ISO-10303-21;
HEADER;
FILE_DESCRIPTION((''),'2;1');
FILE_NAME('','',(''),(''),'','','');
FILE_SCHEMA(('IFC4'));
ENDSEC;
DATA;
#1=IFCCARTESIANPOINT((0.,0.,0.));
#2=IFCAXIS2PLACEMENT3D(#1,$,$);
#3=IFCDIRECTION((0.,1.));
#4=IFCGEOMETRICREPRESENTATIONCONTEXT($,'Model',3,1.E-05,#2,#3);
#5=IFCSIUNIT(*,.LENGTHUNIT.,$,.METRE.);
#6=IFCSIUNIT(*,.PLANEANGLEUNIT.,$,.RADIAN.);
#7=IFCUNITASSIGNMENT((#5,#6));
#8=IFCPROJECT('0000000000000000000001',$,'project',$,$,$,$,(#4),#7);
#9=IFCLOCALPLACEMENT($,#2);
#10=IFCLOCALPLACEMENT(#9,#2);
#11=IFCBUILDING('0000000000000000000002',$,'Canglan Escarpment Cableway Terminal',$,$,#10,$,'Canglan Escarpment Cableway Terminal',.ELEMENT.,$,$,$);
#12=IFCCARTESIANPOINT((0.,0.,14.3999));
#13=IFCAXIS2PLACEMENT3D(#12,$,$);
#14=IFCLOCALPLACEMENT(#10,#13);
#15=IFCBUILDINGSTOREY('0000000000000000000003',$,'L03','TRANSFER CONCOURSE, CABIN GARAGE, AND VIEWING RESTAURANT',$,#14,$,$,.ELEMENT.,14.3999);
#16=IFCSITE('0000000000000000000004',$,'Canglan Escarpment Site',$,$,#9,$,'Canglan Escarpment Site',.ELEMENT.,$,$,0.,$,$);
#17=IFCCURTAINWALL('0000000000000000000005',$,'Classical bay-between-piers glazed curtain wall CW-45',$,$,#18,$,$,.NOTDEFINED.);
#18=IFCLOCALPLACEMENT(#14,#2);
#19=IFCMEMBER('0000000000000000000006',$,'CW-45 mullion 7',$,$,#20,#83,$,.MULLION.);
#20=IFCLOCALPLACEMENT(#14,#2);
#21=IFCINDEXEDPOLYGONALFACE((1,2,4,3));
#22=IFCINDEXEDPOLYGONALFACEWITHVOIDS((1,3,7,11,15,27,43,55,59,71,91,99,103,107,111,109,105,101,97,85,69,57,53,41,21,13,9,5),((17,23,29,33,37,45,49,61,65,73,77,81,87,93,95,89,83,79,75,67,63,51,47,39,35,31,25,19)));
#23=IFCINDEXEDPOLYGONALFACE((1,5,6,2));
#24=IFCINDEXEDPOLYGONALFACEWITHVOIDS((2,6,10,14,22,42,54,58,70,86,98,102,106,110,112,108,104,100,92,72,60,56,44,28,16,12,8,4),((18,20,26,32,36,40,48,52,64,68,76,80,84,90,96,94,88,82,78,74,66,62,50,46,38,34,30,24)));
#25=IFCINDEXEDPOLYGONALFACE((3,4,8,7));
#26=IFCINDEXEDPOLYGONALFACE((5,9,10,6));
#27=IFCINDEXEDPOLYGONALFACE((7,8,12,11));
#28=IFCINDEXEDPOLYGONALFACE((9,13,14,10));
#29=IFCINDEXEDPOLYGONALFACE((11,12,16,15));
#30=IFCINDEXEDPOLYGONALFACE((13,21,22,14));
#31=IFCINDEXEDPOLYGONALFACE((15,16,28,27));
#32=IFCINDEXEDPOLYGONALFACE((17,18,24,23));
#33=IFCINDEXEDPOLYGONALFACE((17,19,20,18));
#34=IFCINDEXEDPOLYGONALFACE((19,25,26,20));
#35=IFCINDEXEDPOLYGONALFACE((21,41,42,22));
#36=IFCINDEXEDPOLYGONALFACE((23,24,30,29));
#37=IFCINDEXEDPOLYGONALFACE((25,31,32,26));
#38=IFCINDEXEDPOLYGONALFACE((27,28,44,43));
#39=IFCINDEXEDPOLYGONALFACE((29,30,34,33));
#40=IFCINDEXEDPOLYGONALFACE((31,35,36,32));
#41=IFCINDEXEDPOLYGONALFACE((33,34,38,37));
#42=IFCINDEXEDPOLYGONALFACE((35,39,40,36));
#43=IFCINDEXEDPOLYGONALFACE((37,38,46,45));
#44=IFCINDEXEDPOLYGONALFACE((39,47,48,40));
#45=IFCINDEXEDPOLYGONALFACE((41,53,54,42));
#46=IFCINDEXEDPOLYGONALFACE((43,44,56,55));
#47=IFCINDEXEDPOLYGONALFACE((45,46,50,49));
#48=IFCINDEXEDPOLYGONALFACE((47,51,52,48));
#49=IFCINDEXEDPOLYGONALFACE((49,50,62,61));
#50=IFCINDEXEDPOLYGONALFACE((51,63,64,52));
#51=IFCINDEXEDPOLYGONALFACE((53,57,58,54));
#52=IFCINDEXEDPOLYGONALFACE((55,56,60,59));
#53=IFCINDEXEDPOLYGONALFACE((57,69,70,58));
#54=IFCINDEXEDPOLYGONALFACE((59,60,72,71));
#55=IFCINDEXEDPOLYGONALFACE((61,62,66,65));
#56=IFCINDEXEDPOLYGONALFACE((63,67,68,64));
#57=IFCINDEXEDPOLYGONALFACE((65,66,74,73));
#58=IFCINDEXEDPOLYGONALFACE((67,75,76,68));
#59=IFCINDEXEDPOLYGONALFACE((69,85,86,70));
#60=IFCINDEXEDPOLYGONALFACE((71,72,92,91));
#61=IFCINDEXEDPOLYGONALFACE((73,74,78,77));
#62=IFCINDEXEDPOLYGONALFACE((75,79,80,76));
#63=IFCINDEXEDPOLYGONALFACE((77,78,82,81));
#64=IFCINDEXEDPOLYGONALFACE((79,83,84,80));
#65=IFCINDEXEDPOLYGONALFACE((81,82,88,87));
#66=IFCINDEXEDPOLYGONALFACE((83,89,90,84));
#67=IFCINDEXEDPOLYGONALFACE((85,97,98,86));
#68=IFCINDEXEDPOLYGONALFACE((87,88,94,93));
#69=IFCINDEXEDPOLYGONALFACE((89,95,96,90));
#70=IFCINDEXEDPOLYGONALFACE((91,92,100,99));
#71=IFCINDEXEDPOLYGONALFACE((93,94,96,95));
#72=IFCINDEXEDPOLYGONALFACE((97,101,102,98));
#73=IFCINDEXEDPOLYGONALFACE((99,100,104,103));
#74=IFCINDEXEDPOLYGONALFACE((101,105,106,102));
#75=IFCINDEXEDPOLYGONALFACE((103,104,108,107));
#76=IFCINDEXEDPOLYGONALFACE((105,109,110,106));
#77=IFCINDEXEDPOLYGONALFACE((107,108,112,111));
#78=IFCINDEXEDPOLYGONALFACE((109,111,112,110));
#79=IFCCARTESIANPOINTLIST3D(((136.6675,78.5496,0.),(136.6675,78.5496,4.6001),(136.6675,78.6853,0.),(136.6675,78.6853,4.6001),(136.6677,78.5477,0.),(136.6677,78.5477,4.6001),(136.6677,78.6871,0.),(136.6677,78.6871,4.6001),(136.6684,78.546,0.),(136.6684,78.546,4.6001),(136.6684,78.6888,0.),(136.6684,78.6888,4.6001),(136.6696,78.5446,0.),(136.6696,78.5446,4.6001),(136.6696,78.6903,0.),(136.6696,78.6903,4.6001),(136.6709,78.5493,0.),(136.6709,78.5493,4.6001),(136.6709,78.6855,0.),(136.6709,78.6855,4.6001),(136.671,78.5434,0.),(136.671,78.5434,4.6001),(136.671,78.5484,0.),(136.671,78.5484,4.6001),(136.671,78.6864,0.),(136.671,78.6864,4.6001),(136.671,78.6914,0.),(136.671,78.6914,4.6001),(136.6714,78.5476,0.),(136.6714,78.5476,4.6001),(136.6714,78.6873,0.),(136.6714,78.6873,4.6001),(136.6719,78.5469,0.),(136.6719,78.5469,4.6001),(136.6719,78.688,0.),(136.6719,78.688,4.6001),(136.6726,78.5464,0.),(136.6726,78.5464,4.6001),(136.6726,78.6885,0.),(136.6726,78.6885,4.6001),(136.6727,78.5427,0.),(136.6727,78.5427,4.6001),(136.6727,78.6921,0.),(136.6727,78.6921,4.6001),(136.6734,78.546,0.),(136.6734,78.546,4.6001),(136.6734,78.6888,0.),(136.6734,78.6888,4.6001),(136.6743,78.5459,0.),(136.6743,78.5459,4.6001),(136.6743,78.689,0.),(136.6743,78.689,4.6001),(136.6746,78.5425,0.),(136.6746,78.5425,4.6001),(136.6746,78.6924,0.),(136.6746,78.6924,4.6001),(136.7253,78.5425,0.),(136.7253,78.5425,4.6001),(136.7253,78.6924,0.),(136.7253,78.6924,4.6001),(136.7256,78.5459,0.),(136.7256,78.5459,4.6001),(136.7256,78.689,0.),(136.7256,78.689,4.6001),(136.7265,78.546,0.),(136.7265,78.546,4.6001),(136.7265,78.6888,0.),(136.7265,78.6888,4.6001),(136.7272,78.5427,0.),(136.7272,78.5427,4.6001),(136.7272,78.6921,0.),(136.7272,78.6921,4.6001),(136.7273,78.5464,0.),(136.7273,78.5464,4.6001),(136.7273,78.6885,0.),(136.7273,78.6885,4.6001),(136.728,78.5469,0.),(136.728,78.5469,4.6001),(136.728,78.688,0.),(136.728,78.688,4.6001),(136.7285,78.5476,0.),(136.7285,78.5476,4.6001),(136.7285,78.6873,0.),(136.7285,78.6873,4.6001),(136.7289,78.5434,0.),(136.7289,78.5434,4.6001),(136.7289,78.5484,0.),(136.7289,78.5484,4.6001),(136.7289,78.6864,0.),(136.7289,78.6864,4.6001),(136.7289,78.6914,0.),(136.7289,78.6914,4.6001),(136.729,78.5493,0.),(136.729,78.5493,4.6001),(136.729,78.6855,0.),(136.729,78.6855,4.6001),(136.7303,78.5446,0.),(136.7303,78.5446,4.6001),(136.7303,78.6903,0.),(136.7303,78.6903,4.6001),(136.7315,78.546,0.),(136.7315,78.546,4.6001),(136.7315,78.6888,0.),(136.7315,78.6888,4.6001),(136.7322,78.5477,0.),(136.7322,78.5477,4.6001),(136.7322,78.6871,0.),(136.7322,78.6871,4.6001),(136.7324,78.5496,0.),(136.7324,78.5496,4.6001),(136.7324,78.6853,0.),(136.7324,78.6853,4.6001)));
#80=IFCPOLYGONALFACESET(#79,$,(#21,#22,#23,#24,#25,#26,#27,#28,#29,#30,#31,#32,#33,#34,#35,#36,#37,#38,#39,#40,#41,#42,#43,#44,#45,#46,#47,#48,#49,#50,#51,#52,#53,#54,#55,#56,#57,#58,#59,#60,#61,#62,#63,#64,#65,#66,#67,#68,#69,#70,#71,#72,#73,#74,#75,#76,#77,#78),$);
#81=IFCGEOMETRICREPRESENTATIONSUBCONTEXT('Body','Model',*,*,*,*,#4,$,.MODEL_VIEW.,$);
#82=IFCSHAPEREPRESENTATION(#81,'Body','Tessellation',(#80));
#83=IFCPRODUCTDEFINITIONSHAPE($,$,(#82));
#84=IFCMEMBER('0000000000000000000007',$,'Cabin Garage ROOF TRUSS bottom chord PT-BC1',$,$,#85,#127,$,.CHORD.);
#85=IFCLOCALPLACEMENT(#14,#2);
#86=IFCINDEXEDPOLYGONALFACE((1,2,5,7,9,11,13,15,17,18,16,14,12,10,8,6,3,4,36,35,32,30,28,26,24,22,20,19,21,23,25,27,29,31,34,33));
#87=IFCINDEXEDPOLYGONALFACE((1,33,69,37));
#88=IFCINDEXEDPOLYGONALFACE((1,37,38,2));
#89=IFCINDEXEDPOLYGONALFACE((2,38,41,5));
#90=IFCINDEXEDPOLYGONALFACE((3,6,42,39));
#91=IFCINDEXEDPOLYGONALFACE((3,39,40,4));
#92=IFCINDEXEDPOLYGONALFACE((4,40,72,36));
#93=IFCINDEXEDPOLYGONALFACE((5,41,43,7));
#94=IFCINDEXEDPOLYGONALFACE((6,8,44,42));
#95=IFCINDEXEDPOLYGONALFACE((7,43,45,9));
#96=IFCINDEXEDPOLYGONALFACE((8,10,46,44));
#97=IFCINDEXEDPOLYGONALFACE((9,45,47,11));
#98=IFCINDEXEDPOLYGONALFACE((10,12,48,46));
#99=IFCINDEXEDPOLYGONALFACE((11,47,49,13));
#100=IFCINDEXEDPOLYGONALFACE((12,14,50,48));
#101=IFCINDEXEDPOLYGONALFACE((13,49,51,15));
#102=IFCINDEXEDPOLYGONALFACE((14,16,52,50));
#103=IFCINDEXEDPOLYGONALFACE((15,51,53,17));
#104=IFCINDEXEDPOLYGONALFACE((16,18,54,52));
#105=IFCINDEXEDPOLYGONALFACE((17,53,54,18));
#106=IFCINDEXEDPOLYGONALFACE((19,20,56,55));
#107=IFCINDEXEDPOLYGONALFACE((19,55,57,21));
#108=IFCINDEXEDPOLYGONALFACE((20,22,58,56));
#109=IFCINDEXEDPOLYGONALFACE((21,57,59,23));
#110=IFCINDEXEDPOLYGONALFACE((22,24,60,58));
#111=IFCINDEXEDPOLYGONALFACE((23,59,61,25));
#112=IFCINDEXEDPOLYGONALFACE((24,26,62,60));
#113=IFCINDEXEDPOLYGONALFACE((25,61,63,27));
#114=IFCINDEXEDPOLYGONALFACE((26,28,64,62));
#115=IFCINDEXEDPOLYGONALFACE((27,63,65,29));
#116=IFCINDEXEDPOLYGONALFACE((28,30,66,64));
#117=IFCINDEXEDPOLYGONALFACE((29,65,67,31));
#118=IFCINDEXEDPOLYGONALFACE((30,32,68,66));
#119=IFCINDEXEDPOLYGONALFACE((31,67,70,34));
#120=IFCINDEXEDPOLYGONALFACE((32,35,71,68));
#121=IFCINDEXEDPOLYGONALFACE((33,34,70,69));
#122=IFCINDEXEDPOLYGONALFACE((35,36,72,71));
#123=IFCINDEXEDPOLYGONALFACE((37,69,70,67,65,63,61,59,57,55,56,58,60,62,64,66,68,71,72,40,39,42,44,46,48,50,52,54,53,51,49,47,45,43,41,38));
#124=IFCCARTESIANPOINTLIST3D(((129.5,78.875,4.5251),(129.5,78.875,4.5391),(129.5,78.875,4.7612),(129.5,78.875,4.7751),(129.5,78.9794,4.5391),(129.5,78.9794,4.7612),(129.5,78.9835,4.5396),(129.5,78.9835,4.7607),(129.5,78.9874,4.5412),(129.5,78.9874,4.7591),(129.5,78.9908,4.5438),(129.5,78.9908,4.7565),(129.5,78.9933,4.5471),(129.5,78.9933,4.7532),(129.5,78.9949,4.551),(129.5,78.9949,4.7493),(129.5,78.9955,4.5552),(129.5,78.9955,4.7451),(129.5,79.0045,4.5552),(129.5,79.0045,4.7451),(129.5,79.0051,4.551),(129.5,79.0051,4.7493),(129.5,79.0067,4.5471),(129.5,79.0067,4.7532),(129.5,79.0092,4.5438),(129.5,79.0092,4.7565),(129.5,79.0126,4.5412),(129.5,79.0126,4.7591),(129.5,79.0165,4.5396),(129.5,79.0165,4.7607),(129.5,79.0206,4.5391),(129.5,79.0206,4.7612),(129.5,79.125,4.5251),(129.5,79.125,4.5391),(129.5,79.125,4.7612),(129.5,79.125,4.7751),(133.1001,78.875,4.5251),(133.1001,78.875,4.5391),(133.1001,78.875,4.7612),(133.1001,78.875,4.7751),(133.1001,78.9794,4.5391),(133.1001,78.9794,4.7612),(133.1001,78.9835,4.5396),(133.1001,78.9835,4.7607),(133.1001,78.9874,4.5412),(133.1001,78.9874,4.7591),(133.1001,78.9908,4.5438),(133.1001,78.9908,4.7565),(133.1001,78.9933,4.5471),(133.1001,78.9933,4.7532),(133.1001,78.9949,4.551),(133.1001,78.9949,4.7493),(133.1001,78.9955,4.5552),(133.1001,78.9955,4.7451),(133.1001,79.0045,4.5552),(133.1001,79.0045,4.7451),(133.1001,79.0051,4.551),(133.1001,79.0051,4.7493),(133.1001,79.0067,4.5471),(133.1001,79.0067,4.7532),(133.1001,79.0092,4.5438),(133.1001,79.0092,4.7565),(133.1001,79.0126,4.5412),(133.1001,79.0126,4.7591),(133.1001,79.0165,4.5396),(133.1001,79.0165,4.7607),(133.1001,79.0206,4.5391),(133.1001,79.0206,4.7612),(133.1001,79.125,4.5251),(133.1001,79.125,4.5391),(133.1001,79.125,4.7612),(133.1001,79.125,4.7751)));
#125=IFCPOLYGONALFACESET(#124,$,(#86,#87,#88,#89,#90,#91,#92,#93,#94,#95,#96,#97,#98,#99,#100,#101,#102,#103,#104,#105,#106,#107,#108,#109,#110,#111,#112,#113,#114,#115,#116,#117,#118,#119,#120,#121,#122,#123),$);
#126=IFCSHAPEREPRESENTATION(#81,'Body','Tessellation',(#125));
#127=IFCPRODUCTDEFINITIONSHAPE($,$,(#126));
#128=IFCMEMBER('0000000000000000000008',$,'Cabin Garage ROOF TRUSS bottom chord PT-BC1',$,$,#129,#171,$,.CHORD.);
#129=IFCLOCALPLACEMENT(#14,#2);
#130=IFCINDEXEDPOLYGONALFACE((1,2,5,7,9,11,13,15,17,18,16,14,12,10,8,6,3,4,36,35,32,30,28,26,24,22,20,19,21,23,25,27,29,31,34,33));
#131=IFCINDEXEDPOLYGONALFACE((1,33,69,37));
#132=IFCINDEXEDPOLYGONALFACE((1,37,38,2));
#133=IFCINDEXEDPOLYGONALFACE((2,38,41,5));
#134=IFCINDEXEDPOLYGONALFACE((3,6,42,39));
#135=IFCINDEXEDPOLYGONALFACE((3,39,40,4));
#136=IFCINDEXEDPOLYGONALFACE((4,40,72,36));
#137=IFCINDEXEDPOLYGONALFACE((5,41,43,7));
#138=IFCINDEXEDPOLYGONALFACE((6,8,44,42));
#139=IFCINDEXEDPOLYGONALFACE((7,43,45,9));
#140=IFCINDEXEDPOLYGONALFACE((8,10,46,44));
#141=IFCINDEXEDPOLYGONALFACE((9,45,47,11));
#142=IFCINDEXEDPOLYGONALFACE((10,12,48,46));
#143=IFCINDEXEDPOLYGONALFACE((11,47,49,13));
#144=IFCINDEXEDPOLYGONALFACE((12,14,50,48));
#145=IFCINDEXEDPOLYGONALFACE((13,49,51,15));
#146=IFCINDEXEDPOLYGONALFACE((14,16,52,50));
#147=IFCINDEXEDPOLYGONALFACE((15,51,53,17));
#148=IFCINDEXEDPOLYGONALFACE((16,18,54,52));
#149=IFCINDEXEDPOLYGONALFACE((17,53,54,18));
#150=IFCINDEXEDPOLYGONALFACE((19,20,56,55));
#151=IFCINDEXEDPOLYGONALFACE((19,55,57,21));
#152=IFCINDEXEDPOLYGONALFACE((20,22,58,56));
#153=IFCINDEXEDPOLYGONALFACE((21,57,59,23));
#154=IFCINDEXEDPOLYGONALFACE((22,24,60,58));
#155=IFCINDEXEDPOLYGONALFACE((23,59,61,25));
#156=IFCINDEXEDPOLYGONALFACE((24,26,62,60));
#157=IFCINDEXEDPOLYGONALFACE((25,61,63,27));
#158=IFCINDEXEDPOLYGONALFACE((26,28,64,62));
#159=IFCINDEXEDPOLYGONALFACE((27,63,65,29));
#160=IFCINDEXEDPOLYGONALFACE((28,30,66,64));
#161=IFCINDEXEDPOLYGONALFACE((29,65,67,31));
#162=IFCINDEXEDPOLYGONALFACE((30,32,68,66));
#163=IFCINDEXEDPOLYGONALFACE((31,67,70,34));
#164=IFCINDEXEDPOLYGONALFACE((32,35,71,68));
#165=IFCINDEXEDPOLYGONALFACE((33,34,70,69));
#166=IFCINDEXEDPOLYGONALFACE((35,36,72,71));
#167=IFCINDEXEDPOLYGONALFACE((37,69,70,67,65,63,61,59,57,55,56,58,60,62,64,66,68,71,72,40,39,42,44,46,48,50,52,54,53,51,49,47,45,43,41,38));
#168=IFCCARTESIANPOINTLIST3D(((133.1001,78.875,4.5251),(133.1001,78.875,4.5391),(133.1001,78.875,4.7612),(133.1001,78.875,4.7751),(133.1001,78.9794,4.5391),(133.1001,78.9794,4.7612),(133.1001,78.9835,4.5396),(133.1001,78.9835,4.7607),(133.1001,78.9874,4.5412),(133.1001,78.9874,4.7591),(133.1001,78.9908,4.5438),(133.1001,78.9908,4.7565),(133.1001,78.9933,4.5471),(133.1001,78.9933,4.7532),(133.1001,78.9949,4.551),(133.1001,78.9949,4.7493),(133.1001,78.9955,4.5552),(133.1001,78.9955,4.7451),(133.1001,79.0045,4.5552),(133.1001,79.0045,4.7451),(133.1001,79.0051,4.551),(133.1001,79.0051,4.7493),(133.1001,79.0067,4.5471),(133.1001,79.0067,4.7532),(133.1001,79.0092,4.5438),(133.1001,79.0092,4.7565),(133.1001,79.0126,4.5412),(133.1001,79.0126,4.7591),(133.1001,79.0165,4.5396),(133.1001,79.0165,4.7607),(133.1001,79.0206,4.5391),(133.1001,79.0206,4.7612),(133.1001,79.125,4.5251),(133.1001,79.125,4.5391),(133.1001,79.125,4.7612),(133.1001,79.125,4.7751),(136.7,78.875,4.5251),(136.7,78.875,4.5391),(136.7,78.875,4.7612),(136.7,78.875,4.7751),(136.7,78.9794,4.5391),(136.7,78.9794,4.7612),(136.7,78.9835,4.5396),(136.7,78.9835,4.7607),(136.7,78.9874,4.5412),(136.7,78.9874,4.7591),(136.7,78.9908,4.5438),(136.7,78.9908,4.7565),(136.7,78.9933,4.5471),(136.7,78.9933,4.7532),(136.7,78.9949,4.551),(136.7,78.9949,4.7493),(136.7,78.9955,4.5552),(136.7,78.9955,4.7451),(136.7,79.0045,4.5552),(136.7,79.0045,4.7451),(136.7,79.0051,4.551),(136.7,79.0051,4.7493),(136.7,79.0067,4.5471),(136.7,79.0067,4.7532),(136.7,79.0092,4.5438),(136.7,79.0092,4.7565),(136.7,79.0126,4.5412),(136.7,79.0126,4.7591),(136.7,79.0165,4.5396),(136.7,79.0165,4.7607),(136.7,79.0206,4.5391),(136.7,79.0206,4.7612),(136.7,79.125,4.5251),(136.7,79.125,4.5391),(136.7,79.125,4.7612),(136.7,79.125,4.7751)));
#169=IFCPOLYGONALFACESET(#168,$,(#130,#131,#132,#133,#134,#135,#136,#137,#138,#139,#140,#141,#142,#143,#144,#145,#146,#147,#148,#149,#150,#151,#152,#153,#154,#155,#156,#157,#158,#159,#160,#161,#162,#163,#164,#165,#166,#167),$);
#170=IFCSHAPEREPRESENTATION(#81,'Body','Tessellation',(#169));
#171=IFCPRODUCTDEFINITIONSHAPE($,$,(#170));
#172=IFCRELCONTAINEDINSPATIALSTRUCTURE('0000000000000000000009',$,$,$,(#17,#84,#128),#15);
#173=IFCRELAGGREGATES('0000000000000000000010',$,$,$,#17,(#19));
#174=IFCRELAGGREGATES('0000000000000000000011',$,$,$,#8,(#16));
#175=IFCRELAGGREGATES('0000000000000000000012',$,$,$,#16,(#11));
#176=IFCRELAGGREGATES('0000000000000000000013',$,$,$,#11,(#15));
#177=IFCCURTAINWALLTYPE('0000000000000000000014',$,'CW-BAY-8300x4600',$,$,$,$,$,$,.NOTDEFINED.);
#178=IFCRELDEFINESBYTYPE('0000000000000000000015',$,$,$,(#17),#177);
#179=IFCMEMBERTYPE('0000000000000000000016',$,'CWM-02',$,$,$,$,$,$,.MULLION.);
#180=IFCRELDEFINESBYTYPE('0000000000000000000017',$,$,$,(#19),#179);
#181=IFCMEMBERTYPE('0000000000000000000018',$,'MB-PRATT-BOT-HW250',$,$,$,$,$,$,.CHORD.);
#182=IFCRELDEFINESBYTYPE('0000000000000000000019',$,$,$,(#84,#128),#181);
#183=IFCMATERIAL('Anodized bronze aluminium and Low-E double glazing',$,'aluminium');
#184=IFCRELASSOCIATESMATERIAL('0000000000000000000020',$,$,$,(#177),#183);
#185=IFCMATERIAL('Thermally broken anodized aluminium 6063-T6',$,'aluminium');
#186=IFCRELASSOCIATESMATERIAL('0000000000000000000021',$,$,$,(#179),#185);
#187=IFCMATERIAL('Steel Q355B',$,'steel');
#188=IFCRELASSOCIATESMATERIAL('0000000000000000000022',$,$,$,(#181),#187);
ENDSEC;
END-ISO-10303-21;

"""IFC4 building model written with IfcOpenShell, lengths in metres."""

from ifc_helpers import new_model, si_unit, direction, frame, origin, origin_2d, place, context, subcontext, project, spatial, hollow_rectangle, i_section, extrude, material, material_profile, profile_set, type_object, element, aggregate, save


model = new_model("IFC4")

# Units and contexts
model_context = context("Model", 3, precision=1e-05, world=origin(), true_north=direction((0.0, 1.0)))
body_context = subcontext(model_context, "Body", "Model", "MODEL_VIEW")
ifc_project = project(units=[si_unit("LENGTHUNIT", "METRE"), si_unit("PLANEANGLEUNIT", "RADIAN")], contexts=[model_context])

# Site, building, storey
site_placement = place(None, origin())
site = spatial("IfcSite", under=ifc_project, at=site_placement, Name="Canglan Escarpment Site", LongName="Canglan Escarpment Site", CompositionType="ELEMENT", RefElevation=0.0)
building_placement = place(site_placement, origin())
building = spatial("IfcBuilding", under=site, at=building_placement, Name="Canglan Escarpment Cableway Terminal", LongName="Canglan Escarpment Cableway Terminal", CompositionType="ELEMENT")
storey_placement = place(building_placement, frame((0.0, 0.0, 14.3999)))
storey = spatial("IfcBuildingStorey", under=building, at=storey_placement, Name="L03", Description="TRANSFER CONCOURSE, CABIN GARAGE, AND VIEWING RESTAURANT", CompositionType="ELEMENT", Elevation=14.3999)

# Shared definitions
ifc_material_1 = material(Name="Steel Q355B", Category="steel")

# Curtain wall, member
ifc_material_2 = material(Name="Anodized bronze aluminium and Low-E double glazing", Category="aluminium")
curtain_wall_type = type_object("IfcCurtainWallType", Name="CW-BAY-8300x4600", PredefinedType="NOTDEFINED", material=ifc_material_2)
curtain_wall_placement = place(storey_placement, origin())
curtain_wall = element("IfcCurtainWall", 1, at=curtain_wall_placement, inside=storey, type_object=curtain_wall_type, Name="Classical bay-between-piers glazed curtain wall CW-45", PredefinedType="NOTDEFINED")
ifc_material_3 = material(Name="Thermally broken anodized aluminium 6063-T6", Category="aluminium")
ifc_material_profile_1 = material_profile(ifc_material_3, hollow_rectangle(XDim=0.0649, YDim=0.1499, WallThickness=0.0034, InnerFilletRadius=0.0034, OuterFilletRadius=0.0071, at=origin_2d()), Name="ALU-MULL 65x150x3.5")
ifc_profile_set_1 = profile_set([ifc_material_profile_1], Name="Thermally broken anodized aluminium 6063-T6")
member_type_1 = type_object("IfcMemberType", Name="CWM-02", PredefinedType="MULLION", material=ifc_profile_set_1)
member_1_placement = place(storey_placement, frame((136.7, 78.6174, 0.0), z_axis=(0.0, 0.0, 1.0), x_axis=(-1.0, 0.0, 0.0)))
member_1 = element("IfcMember", 2, at=member_1_placement, type_object=member_type_1, Name="CW-45 mullion 7", PredefinedType="MULLION", context=body_context, shape_type="SweptSolid", body=[
    extrude(hollow_rectangle(XDim=0.0649, YDim=0.1499, WallThickness=0.0034, InnerFilletRadius=0.0034, OuterFilletRadius=0.0071, at=origin_2d()), origin(), (0.0, 0.0, 1.0), 4.6001),
])

# Members
ifc_material_profile_2 = material_profile(ifc_material_1, i_section(OverallWidth=0.25, OverallDepth=0.25, WebThickness=0.009, FlangeThickness=0.0139, FilletRadius=0.0161, at=origin_2d()), Name="HW 250x250x9x14")
ifc_profile_set_2 = profile_set([ifc_material_profile_2], Name="Steel Q355B")
member_type_2 = type_object("IfcMemberType", Name="MB-PRATT-BOT-HW250", PredefinedType="CHORD", material=ifc_profile_set_2)
member_2_placement = place(storey_placement, frame((129.5, 79.0, 4.6501), z_axis=(1.0, 0.0, 0.0), x_axis=(0.0, 1.0, 0.0)))
element("IfcMember", 3, at=member_2_placement, inside=storey, type_object=member_type_2, Name="Cabin Garage ROOF TRUSS bottom chord PT-BC1", PredefinedType="CHORD", context=body_context, shape_type="SweptSolid", body=[
    extrude(i_section(OverallWidth=0.25, OverallDepth=0.25, WebThickness=0.009, FlangeThickness=0.0139, FilletRadius=0.0161, at=origin_2d()), origin(), (0.0, 0.0, 1.0), 3.6001),
])
member_3_placement = place(storey_placement, frame((133.1001, 79.0, 4.6501), z_axis=(1.0, 0.0, 0.0), x_axis=(0.0, 1.0, 0.0)))
element("IfcMember", 4, at=member_3_placement, inside=storey, type_object=member_type_2, Name="Cabin Garage ROOF TRUSS bottom chord PT-BC1", PredefinedType="CHORD", context=body_context, shape_type="SweptSolid", body=[
    extrude(i_section(OverallWidth=0.25, OverallDepth=0.25, WebThickness=0.009, FlangeThickness=0.0139, FilletRadius=0.0161, at=origin_2d()), origin(), (0.0, 0.0, 1.0), 3.5999),
])

aggregate(curtain_wall, [member_1])

save(model, "model.ifc")
